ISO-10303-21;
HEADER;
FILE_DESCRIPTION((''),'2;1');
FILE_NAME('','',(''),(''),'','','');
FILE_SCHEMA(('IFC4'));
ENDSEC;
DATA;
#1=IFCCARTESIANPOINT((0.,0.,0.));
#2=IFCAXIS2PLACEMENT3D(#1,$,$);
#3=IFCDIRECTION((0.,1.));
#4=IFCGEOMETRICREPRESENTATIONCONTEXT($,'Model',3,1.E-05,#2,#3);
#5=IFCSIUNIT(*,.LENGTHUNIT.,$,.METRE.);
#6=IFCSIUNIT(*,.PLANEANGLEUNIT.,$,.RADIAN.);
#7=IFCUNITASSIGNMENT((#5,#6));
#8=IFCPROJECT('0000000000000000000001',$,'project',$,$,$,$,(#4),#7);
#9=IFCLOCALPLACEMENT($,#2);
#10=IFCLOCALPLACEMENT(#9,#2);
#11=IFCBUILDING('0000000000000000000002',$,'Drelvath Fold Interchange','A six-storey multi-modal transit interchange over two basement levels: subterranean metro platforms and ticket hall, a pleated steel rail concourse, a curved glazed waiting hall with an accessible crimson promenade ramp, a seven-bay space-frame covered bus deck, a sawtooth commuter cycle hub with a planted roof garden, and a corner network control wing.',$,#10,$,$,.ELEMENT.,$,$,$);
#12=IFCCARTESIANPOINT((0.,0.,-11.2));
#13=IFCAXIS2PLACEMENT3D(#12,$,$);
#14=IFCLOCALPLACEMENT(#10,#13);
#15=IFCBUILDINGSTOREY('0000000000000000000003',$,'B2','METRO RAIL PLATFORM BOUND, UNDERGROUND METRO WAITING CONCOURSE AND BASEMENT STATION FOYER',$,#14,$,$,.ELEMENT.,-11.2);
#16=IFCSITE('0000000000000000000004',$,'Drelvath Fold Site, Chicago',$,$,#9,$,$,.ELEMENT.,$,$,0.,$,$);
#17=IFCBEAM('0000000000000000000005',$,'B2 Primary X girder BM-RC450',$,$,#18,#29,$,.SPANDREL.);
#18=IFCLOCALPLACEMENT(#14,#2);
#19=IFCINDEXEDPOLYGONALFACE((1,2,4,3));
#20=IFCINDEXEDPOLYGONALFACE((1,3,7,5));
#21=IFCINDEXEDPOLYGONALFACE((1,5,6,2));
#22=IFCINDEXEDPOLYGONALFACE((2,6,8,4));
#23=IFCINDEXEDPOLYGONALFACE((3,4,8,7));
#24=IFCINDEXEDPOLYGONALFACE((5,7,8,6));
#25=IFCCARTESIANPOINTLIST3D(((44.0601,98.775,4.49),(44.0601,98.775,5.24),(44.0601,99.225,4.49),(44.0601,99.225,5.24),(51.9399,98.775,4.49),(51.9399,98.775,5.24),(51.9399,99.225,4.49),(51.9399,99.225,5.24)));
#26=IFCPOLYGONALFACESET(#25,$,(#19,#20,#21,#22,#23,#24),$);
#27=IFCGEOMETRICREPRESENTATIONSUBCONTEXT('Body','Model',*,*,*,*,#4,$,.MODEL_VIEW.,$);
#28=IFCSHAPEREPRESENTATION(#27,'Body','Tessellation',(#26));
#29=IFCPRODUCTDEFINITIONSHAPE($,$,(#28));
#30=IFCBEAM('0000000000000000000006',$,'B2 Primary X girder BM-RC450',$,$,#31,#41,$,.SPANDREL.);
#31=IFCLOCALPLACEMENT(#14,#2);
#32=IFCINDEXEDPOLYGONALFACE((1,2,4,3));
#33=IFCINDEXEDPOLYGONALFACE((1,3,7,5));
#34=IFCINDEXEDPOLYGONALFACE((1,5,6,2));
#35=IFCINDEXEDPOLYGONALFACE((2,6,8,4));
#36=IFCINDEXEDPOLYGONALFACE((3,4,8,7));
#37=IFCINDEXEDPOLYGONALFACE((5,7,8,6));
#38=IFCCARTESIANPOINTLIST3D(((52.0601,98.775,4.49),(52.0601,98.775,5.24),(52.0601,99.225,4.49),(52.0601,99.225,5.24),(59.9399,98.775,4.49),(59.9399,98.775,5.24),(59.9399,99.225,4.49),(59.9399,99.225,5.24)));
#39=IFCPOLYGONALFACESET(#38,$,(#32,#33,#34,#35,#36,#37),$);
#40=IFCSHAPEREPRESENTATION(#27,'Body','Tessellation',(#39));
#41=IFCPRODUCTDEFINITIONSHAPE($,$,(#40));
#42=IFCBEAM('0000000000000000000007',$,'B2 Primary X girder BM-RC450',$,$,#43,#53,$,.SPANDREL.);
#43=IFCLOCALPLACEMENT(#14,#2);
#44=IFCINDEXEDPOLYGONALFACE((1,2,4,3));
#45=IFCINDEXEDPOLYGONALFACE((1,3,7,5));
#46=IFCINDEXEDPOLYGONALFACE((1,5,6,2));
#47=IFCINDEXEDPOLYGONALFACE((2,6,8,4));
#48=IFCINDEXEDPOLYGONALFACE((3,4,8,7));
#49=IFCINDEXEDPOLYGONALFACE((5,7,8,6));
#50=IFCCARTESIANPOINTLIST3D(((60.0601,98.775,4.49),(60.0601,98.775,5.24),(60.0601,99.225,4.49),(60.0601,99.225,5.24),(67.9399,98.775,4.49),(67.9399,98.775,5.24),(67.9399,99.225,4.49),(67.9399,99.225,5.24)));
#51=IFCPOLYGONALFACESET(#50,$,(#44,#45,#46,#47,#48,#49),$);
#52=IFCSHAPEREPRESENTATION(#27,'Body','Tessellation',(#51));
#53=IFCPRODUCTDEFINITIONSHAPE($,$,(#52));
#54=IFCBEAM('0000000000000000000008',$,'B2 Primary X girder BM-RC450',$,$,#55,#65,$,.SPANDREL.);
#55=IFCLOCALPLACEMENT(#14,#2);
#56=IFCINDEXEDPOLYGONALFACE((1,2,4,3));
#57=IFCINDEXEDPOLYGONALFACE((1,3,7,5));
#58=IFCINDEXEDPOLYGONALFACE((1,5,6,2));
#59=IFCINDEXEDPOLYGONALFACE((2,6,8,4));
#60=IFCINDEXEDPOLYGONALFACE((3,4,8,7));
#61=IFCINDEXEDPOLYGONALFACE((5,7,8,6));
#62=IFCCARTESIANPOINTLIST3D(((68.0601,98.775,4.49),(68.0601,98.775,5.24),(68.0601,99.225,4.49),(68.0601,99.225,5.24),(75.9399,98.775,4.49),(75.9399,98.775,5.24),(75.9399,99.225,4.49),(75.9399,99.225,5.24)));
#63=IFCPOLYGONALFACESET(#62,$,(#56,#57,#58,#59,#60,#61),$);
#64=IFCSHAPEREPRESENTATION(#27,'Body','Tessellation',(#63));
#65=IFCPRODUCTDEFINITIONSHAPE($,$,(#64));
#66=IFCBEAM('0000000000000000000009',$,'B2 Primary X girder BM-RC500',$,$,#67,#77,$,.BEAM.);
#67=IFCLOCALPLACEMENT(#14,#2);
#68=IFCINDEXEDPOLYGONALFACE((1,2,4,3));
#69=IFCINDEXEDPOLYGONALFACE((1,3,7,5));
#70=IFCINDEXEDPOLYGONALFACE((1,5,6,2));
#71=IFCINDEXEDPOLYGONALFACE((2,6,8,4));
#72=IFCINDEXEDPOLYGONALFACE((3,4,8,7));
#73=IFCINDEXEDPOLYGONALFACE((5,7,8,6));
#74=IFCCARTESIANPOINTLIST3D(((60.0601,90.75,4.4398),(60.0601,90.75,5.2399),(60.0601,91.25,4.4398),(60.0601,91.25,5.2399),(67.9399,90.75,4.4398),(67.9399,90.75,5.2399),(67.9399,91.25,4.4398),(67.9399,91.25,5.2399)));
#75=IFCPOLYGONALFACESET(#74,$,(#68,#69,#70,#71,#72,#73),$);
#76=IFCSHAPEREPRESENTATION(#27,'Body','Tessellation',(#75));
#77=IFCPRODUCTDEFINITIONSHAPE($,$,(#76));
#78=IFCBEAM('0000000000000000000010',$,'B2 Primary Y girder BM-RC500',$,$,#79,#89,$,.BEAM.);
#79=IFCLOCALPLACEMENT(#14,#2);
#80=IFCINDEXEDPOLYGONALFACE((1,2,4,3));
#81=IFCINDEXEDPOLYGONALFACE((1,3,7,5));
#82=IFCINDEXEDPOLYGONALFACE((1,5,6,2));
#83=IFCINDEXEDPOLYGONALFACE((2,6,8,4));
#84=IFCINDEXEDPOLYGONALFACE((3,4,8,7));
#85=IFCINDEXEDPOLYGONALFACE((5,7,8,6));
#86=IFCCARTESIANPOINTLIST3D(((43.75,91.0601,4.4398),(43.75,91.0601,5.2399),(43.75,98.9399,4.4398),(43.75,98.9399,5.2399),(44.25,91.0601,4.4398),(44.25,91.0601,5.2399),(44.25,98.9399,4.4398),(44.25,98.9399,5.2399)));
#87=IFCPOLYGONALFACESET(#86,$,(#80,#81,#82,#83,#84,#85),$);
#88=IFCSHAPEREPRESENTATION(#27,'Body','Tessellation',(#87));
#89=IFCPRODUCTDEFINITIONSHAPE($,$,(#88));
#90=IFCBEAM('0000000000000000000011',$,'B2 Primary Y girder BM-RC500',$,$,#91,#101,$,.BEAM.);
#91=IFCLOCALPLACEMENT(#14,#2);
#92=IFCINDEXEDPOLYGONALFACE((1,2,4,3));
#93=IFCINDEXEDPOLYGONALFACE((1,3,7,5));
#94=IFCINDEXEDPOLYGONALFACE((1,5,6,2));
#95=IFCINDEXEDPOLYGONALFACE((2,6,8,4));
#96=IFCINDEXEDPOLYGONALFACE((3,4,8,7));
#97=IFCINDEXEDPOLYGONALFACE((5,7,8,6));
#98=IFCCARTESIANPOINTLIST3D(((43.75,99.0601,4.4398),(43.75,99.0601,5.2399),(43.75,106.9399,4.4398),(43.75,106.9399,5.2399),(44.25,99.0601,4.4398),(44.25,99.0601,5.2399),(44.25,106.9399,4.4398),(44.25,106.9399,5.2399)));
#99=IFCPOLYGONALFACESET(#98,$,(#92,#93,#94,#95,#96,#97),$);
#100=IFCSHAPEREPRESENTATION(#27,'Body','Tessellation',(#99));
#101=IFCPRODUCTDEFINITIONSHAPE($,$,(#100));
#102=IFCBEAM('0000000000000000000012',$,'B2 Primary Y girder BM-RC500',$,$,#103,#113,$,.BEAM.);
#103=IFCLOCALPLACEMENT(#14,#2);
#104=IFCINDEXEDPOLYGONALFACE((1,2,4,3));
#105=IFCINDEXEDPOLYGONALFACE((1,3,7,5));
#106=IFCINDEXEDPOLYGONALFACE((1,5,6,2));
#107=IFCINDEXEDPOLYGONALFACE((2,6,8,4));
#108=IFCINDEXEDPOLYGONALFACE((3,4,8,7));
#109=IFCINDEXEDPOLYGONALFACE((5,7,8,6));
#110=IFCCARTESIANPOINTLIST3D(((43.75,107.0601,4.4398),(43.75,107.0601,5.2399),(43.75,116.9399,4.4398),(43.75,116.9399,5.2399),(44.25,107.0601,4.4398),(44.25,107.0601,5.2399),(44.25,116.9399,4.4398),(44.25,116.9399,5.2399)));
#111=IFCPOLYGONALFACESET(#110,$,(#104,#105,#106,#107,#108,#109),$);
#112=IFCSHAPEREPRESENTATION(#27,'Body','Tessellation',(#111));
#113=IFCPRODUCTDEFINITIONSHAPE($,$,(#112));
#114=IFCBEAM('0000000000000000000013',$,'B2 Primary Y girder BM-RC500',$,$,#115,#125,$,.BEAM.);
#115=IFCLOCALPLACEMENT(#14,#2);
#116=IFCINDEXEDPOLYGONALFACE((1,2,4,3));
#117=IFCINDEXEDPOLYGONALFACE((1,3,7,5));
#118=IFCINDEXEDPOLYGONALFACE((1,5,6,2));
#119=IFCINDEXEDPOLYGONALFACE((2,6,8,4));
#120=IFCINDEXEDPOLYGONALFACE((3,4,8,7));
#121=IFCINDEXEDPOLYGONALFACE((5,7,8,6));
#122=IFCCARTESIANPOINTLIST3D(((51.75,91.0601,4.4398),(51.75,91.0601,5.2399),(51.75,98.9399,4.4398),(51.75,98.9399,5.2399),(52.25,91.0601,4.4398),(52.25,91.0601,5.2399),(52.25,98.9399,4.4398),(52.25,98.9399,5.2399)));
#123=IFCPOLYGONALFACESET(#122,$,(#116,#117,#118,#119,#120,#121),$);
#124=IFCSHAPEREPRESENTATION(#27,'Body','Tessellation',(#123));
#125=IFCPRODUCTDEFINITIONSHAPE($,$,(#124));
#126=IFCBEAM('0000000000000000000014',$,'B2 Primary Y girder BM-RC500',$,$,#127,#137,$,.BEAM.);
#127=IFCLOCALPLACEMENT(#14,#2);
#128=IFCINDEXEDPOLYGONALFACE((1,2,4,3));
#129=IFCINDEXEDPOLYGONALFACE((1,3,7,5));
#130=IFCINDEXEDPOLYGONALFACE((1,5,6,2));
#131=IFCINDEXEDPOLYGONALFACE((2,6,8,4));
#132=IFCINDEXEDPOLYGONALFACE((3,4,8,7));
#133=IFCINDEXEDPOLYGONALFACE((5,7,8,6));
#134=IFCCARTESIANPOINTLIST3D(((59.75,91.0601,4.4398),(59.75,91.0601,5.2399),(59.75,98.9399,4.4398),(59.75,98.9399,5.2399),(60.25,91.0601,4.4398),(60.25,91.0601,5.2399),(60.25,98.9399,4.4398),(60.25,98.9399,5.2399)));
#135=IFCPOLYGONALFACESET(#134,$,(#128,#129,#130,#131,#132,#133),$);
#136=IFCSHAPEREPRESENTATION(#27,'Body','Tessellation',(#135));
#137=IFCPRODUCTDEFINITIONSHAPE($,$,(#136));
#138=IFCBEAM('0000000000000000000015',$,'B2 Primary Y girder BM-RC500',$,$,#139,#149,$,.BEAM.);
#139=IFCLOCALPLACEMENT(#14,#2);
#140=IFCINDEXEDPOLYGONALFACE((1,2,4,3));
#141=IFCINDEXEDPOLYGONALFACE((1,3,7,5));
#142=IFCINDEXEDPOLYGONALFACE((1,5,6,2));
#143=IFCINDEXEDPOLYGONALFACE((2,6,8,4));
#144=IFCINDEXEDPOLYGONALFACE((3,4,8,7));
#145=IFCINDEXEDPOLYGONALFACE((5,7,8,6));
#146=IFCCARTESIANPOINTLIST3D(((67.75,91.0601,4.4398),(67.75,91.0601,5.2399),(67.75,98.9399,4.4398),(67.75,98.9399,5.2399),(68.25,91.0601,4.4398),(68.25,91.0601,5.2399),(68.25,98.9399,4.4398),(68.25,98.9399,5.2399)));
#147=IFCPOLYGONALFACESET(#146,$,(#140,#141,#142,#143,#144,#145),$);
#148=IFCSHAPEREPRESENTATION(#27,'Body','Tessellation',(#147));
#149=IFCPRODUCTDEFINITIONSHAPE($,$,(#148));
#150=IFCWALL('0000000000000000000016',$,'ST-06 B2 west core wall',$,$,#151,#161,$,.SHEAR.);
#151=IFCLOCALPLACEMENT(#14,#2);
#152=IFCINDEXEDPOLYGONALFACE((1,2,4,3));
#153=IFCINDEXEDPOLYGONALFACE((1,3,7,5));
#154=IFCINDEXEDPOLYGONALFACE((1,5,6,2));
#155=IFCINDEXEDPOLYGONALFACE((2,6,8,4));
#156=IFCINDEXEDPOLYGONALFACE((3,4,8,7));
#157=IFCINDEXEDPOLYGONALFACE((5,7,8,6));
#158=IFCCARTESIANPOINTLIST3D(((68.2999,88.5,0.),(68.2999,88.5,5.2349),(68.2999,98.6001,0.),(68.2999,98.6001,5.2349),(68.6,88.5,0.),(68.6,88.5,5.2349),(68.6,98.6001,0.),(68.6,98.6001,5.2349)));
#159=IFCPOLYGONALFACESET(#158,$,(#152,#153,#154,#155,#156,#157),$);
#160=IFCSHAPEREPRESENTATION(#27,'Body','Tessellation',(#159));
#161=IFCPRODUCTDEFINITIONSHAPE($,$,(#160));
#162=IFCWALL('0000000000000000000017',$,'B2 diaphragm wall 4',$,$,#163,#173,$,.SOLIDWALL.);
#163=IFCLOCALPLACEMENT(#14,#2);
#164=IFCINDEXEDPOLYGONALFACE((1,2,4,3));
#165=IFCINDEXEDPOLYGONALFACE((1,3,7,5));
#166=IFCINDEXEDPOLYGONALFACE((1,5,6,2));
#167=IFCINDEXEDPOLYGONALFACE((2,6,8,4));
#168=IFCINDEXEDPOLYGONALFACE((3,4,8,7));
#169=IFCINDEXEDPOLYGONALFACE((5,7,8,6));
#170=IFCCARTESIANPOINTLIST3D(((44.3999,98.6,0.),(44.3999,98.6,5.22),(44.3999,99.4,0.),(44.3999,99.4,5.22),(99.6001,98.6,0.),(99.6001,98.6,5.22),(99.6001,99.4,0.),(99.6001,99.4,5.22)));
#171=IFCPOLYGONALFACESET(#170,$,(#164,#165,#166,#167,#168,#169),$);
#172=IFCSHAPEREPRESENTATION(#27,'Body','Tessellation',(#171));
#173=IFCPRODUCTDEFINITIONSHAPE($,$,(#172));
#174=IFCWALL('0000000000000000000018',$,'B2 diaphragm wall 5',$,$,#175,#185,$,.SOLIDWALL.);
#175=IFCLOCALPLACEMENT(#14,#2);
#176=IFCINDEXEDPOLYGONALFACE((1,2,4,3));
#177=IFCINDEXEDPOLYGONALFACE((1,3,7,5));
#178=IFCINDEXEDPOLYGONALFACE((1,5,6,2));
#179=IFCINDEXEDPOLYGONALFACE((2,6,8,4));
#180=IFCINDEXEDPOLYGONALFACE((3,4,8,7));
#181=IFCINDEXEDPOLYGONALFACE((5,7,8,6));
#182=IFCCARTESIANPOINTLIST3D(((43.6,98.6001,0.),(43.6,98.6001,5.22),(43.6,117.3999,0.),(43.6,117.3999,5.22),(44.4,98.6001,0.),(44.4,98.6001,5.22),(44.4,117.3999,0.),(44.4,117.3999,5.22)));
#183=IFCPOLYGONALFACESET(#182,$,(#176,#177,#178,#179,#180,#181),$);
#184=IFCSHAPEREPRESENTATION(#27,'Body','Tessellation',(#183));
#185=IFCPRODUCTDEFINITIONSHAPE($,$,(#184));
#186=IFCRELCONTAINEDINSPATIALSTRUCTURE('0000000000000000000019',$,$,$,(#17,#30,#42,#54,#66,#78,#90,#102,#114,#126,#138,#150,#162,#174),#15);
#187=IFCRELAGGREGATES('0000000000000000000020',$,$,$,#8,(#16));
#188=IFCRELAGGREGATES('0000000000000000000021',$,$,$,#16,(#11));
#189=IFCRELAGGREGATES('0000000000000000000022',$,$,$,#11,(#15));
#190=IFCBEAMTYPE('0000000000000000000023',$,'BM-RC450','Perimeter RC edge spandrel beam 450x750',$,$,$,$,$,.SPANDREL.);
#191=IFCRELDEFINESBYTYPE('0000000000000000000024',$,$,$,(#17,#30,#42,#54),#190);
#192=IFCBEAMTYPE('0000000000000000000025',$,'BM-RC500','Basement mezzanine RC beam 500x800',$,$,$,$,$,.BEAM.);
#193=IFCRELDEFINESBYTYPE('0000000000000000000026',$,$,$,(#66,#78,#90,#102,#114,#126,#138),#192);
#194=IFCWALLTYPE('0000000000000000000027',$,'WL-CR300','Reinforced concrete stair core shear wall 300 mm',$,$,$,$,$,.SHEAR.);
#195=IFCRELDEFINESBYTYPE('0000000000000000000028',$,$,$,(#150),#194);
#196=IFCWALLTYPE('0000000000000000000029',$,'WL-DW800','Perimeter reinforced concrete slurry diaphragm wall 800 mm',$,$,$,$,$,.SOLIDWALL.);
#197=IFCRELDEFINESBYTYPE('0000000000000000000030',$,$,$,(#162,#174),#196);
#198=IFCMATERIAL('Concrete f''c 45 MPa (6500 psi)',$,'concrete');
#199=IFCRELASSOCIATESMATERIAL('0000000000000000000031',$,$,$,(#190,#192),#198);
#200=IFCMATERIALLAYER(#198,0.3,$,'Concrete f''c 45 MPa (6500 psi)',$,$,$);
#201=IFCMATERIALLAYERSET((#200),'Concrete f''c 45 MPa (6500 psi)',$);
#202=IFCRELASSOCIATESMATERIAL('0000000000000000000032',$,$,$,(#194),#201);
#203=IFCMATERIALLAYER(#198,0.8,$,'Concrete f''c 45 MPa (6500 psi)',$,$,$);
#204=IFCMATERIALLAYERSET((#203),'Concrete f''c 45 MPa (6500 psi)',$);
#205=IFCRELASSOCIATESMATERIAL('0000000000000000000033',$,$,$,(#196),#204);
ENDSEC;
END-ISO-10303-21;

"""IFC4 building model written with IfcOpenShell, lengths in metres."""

from ifc_helpers import new_model, si_unit, direction, frame, frame_2d, origin, origin_2d, place, context, subcontext, project, spatial, rectangle, extrude, material, layer, layer_set, material_profile, profile_set, type_object, element, save


model = new_model("IFC4")

# Units and contexts
model_context = context("Model", 3, precision=1e-05, world=origin(), true_north=direction((0.0, 1.0)))
body_context = subcontext(model_context, "Body", "Model", "MODEL_VIEW")
ifc_project = project(units=[si_unit("LENGTHUNIT", "METRE"), si_unit("PLANEANGLEUNIT", "RADIAN")], contexts=[model_context])

# Site, building, storey
site_placement = place(None, origin())
site = spatial("IfcSite", under=ifc_project, at=site_placement, Name="Drelvath Fold Site, Chicago", CompositionType="ELEMENT", RefElevation=0.0)
building_placement = place(site_placement, origin())
building = spatial("IfcBuilding", under=site, at=building_placement, Name="Drelvath Fold Interchange", Description="A six-storey multi-modal transit interchange over two basement levels: subterranean metro platforms and ticket hall, a pleated steel rail concourse, a curved glazed waiting hall with an accessible crimson promenade ramp, a seven-bay space-frame covered bus deck, a sawtooth commuter cycle hub with a planted roof garden, and a corner network control wing.", CompositionType="ELEMENT")
storey_placement = place(building_placement, frame((0.0, 0.0, -11.2)))
storey = spatial("IfcBuildingStorey", under=building, at=storey_placement, Name="B2", Description="METRO RAIL PLATFORM BOUND, UNDERGROUND METRO WAITING CONCOURSE AND BASEMENT STATION FOYER", CompositionType="ELEMENT", Elevation=-11.2)

# Beams
ifc_material_1 = material(Name="Concrete f'c 45 MPa (6500 psi)", Category="concrete")
ifc_material_profile_1 = material_profile(ifc_material_1, rectangle(XDim=0.45, YDim=0.75, at=origin_2d()), Name="RC 450x750")
ifc_profile_set_1 = profile_set([ifc_material_profile_1], Name="Concrete f'c 45 MPa (6500 psi)")
beam_type_1 = type_object("IfcBeamType", Name="BM-RC450", Description="Perimeter RC edge spandrel beam 450x750", PredefinedType="SPANDREL", material=ifc_profile_set_1)
for number, where, z_axis, x_axis, name in (
    (1, (44.0601, 99.0, 4.865), (1.0, 0.0, 0.0), (0.0, 1.0, 0.0), "B2 Primary X girder BM-RC450"),
    (2, (52.0601, 99.0, 4.865), (1.0, 0.0, 0.0), (0.0, 1.0, 0.0), "B2 Primary X girder BM-RC450"),
    (3, (60.0601, 99.0, 4.865), (1.0, 0.0, 0.0), (0.0, 1.0, 0.0), "B2 Primary X girder BM-RC450"),
    (4, (68.0601, 99.0, 4.865), (1.0, 0.0, 0.0), (0.0, 1.0, 0.0), "B2 Primary X girder BM-RC450"),
):
    element("IfcBeam", number, at=place(storey_placement, frame(where, z_axis=z_axis, x_axis=x_axis)), inside=storey, type_object=beam_type_1, Name=name, PredefinedType="SPANDREL", context=body_context, shape_type="SweptSolid", body=[
        extrude(rectangle(XDim=0.45, YDim=0.75, at=origin_2d()), origin(), (0.0, 0.0, 1.0), 7.8799),
    ])
ifc_material_profile_2 = material_profile(ifc_material_1, rectangle(XDim=0.5, YDim=0.8, at=origin_2d()), Name="RC 500x800")
ifc_profile_set_2 = profile_set([ifc_material_profile_2], Name="Concrete f'c 45 MPa (6500 psi)")
beam_type_2 = type_object("IfcBeamType", Name="BM-RC500", Description="Basement mezzanine RC beam 500x800", PredefinedType="BEAM", material=ifc_profile_set_2)
for number, where, z_axis, x_axis, name in (
    (5, (60.0601, 91.0, 4.8398), (1.0, 0.0, 0.0), (0.0, 1.0, 0.0), "B2 Primary X girder BM-RC500"),
    (6, (44.0, 91.0601, 4.8398), (0.0, 1.0, 0.0), (-1.0, 0.0, 0.0), "B2 Primary Y girder BM-RC500"),
    (7, (44.0, 99.0601, 4.8398), (0.0, 1.0, 0.0), (-1.0, 0.0, 0.0), "B2 Primary Y girder BM-RC500"),
):
    element("IfcBeam", number, at=place(storey_placement, frame(where, z_axis=z_axis, x_axis=x_axis)), inside=storey, type_object=beam_type_2, Name=name, PredefinedType="BEAM", context=body_context, shape_type="SweptSolid", body=[
        extrude(rectangle(XDim=0.5, YDim=0.8, at=origin_2d()), origin(), (0.0, 0.0, 1.0), 7.8799),
    ])
beam_placement = place(storey_placement, frame((44.0, 107.0601, 4.8398), z_axis=(0.0, 1.0, 0.0), x_axis=(-1.0, 0.0, 0.0)))
element("IfcBeam", 8, at=beam_placement, inside=storey, type_object=beam_type_2, Name="B2 Primary Y girder BM-RC500", PredefinedType="BEAM", context=body_context, shape_type="SweptSolid", body=[
    extrude(rectangle(XDim=0.5, YDim=0.8, at=origin_2d()), origin(), (0.0, 0.0, 1.0), 9.8799),
])
for number, where, z_axis, x_axis, name in (
    (9, (52.0, 91.0601, 4.8398), (0.0, 1.0, 0.0), (-1.0, 0.0, 0.0), "B2 Primary Y girder BM-RC500"),
    (10, (60.0, 91.0601, 4.8398), (0.0, 1.0, 0.0), (-1.0, 0.0, 0.0), "B2 Primary Y girder BM-RC500"),
    (11, (68.0, 91.0601, 4.8398), (0.0, 1.0, 0.0), (-1.0, 0.0, 0.0), "B2 Primary Y girder BM-RC500"),
):
    element("IfcBeam", number, at=place(storey_placement, frame(where, z_axis=z_axis, x_axis=x_axis)), inside=storey, type_object=beam_type_2, Name=name, PredefinedType="BEAM", context=body_context, shape_type="SweptSolid", body=[
        extrude(rectangle(XDim=0.5, YDim=0.8, at=origin_2d()), origin(), (0.0, 0.0, 1.0), 7.8799),
    ])

# Walls
ifc_layer_1 = layer(ifc_material_1, 0.3, Name="Concrete f'c 45 MPa (6500 psi)")
ifc_layer_set_1 = layer_set([ifc_layer_1], Name="Concrete f'c 45 MPa (6500 psi)")
wall_type_1 = type_object("IfcWallType", Name="WL-CR300", Description="Reinforced concrete stair core shear wall 300 mm", PredefinedType="SHEAR", material=ifc_layer_set_1)
wall_1_placement = place(storey_placement, frame((68.45, 98.6001, 0.0), z_axis=(0.0, 0.0, 1.0), x_axis=(0.0, -1.0, 0.0)))
element("IfcWall", 12, at=wall_1_placement, inside=storey, type_object=wall_type_1, Name="ST-06 B2 west core wall", PredefinedType="SHEAR", context=body_context, shape_type="SweptSolid", body=[
    extrude(rectangle(XDim=10.1001, YDim=0.3, at=frame_2d((5.05, 0.0))), origin(), (0.0, 0.0, 1.0), 5.2349),
])
ifc_layer_2 = layer(ifc_material_1, 0.8, Name="Concrete f'c 45 MPa (6500 psi)")
ifc_layer_set_2 = layer_set([ifc_layer_2], Name="Concrete f'c 45 MPa (6500 psi)")
wall_type_2 = type_object("IfcWallType", Name="WL-DW800", Description="Perimeter reinforced concrete slurry diaphragm wall 800 mm", PredefinedType="SOLIDWALL", material=ifc_layer_set_2)
wall_2_placement = place(storey_placement, frame((44.3999, 99.0, 0.0), z_axis=(0.0, 0.0, 1.0), x_axis=(1.0, 0.0, 0.0)))
element("IfcWall", 13, at=wall_2_placement, inside=storey, type_object=wall_type_2, Name="B2 diaphragm wall 4", PredefinedType="SOLIDWALL", context=body_context, shape_type="SweptSolid", body=[
    extrude(rectangle(XDim=55.2002, YDim=0.8, at=frame_2d((27.6001, 0.0))), origin(), (0.0, 0.0, 1.0), 5.22),
])
wall_3_placement = place(storey_placement, frame((44.0, 98.6001, 0.0), z_axis=(0.0, 0.0, 1.0), x_axis=(0.0, 1.0, 0.0)))
element("IfcWall", 14, at=wall_3_placement, inside=storey, type_object=wall_type_2, Name="B2 diaphragm wall 5", PredefinedType="SOLIDWALL", context=body_context, shape_type="SweptSolid", body=[
    extrude(rectangle(XDim=18.7998, YDim=0.8, at=frame_2d((9.3999, 0.0))), origin(), (0.0, 0.0, 1.0), 5.22),
])

save(model, "model.ifc")
